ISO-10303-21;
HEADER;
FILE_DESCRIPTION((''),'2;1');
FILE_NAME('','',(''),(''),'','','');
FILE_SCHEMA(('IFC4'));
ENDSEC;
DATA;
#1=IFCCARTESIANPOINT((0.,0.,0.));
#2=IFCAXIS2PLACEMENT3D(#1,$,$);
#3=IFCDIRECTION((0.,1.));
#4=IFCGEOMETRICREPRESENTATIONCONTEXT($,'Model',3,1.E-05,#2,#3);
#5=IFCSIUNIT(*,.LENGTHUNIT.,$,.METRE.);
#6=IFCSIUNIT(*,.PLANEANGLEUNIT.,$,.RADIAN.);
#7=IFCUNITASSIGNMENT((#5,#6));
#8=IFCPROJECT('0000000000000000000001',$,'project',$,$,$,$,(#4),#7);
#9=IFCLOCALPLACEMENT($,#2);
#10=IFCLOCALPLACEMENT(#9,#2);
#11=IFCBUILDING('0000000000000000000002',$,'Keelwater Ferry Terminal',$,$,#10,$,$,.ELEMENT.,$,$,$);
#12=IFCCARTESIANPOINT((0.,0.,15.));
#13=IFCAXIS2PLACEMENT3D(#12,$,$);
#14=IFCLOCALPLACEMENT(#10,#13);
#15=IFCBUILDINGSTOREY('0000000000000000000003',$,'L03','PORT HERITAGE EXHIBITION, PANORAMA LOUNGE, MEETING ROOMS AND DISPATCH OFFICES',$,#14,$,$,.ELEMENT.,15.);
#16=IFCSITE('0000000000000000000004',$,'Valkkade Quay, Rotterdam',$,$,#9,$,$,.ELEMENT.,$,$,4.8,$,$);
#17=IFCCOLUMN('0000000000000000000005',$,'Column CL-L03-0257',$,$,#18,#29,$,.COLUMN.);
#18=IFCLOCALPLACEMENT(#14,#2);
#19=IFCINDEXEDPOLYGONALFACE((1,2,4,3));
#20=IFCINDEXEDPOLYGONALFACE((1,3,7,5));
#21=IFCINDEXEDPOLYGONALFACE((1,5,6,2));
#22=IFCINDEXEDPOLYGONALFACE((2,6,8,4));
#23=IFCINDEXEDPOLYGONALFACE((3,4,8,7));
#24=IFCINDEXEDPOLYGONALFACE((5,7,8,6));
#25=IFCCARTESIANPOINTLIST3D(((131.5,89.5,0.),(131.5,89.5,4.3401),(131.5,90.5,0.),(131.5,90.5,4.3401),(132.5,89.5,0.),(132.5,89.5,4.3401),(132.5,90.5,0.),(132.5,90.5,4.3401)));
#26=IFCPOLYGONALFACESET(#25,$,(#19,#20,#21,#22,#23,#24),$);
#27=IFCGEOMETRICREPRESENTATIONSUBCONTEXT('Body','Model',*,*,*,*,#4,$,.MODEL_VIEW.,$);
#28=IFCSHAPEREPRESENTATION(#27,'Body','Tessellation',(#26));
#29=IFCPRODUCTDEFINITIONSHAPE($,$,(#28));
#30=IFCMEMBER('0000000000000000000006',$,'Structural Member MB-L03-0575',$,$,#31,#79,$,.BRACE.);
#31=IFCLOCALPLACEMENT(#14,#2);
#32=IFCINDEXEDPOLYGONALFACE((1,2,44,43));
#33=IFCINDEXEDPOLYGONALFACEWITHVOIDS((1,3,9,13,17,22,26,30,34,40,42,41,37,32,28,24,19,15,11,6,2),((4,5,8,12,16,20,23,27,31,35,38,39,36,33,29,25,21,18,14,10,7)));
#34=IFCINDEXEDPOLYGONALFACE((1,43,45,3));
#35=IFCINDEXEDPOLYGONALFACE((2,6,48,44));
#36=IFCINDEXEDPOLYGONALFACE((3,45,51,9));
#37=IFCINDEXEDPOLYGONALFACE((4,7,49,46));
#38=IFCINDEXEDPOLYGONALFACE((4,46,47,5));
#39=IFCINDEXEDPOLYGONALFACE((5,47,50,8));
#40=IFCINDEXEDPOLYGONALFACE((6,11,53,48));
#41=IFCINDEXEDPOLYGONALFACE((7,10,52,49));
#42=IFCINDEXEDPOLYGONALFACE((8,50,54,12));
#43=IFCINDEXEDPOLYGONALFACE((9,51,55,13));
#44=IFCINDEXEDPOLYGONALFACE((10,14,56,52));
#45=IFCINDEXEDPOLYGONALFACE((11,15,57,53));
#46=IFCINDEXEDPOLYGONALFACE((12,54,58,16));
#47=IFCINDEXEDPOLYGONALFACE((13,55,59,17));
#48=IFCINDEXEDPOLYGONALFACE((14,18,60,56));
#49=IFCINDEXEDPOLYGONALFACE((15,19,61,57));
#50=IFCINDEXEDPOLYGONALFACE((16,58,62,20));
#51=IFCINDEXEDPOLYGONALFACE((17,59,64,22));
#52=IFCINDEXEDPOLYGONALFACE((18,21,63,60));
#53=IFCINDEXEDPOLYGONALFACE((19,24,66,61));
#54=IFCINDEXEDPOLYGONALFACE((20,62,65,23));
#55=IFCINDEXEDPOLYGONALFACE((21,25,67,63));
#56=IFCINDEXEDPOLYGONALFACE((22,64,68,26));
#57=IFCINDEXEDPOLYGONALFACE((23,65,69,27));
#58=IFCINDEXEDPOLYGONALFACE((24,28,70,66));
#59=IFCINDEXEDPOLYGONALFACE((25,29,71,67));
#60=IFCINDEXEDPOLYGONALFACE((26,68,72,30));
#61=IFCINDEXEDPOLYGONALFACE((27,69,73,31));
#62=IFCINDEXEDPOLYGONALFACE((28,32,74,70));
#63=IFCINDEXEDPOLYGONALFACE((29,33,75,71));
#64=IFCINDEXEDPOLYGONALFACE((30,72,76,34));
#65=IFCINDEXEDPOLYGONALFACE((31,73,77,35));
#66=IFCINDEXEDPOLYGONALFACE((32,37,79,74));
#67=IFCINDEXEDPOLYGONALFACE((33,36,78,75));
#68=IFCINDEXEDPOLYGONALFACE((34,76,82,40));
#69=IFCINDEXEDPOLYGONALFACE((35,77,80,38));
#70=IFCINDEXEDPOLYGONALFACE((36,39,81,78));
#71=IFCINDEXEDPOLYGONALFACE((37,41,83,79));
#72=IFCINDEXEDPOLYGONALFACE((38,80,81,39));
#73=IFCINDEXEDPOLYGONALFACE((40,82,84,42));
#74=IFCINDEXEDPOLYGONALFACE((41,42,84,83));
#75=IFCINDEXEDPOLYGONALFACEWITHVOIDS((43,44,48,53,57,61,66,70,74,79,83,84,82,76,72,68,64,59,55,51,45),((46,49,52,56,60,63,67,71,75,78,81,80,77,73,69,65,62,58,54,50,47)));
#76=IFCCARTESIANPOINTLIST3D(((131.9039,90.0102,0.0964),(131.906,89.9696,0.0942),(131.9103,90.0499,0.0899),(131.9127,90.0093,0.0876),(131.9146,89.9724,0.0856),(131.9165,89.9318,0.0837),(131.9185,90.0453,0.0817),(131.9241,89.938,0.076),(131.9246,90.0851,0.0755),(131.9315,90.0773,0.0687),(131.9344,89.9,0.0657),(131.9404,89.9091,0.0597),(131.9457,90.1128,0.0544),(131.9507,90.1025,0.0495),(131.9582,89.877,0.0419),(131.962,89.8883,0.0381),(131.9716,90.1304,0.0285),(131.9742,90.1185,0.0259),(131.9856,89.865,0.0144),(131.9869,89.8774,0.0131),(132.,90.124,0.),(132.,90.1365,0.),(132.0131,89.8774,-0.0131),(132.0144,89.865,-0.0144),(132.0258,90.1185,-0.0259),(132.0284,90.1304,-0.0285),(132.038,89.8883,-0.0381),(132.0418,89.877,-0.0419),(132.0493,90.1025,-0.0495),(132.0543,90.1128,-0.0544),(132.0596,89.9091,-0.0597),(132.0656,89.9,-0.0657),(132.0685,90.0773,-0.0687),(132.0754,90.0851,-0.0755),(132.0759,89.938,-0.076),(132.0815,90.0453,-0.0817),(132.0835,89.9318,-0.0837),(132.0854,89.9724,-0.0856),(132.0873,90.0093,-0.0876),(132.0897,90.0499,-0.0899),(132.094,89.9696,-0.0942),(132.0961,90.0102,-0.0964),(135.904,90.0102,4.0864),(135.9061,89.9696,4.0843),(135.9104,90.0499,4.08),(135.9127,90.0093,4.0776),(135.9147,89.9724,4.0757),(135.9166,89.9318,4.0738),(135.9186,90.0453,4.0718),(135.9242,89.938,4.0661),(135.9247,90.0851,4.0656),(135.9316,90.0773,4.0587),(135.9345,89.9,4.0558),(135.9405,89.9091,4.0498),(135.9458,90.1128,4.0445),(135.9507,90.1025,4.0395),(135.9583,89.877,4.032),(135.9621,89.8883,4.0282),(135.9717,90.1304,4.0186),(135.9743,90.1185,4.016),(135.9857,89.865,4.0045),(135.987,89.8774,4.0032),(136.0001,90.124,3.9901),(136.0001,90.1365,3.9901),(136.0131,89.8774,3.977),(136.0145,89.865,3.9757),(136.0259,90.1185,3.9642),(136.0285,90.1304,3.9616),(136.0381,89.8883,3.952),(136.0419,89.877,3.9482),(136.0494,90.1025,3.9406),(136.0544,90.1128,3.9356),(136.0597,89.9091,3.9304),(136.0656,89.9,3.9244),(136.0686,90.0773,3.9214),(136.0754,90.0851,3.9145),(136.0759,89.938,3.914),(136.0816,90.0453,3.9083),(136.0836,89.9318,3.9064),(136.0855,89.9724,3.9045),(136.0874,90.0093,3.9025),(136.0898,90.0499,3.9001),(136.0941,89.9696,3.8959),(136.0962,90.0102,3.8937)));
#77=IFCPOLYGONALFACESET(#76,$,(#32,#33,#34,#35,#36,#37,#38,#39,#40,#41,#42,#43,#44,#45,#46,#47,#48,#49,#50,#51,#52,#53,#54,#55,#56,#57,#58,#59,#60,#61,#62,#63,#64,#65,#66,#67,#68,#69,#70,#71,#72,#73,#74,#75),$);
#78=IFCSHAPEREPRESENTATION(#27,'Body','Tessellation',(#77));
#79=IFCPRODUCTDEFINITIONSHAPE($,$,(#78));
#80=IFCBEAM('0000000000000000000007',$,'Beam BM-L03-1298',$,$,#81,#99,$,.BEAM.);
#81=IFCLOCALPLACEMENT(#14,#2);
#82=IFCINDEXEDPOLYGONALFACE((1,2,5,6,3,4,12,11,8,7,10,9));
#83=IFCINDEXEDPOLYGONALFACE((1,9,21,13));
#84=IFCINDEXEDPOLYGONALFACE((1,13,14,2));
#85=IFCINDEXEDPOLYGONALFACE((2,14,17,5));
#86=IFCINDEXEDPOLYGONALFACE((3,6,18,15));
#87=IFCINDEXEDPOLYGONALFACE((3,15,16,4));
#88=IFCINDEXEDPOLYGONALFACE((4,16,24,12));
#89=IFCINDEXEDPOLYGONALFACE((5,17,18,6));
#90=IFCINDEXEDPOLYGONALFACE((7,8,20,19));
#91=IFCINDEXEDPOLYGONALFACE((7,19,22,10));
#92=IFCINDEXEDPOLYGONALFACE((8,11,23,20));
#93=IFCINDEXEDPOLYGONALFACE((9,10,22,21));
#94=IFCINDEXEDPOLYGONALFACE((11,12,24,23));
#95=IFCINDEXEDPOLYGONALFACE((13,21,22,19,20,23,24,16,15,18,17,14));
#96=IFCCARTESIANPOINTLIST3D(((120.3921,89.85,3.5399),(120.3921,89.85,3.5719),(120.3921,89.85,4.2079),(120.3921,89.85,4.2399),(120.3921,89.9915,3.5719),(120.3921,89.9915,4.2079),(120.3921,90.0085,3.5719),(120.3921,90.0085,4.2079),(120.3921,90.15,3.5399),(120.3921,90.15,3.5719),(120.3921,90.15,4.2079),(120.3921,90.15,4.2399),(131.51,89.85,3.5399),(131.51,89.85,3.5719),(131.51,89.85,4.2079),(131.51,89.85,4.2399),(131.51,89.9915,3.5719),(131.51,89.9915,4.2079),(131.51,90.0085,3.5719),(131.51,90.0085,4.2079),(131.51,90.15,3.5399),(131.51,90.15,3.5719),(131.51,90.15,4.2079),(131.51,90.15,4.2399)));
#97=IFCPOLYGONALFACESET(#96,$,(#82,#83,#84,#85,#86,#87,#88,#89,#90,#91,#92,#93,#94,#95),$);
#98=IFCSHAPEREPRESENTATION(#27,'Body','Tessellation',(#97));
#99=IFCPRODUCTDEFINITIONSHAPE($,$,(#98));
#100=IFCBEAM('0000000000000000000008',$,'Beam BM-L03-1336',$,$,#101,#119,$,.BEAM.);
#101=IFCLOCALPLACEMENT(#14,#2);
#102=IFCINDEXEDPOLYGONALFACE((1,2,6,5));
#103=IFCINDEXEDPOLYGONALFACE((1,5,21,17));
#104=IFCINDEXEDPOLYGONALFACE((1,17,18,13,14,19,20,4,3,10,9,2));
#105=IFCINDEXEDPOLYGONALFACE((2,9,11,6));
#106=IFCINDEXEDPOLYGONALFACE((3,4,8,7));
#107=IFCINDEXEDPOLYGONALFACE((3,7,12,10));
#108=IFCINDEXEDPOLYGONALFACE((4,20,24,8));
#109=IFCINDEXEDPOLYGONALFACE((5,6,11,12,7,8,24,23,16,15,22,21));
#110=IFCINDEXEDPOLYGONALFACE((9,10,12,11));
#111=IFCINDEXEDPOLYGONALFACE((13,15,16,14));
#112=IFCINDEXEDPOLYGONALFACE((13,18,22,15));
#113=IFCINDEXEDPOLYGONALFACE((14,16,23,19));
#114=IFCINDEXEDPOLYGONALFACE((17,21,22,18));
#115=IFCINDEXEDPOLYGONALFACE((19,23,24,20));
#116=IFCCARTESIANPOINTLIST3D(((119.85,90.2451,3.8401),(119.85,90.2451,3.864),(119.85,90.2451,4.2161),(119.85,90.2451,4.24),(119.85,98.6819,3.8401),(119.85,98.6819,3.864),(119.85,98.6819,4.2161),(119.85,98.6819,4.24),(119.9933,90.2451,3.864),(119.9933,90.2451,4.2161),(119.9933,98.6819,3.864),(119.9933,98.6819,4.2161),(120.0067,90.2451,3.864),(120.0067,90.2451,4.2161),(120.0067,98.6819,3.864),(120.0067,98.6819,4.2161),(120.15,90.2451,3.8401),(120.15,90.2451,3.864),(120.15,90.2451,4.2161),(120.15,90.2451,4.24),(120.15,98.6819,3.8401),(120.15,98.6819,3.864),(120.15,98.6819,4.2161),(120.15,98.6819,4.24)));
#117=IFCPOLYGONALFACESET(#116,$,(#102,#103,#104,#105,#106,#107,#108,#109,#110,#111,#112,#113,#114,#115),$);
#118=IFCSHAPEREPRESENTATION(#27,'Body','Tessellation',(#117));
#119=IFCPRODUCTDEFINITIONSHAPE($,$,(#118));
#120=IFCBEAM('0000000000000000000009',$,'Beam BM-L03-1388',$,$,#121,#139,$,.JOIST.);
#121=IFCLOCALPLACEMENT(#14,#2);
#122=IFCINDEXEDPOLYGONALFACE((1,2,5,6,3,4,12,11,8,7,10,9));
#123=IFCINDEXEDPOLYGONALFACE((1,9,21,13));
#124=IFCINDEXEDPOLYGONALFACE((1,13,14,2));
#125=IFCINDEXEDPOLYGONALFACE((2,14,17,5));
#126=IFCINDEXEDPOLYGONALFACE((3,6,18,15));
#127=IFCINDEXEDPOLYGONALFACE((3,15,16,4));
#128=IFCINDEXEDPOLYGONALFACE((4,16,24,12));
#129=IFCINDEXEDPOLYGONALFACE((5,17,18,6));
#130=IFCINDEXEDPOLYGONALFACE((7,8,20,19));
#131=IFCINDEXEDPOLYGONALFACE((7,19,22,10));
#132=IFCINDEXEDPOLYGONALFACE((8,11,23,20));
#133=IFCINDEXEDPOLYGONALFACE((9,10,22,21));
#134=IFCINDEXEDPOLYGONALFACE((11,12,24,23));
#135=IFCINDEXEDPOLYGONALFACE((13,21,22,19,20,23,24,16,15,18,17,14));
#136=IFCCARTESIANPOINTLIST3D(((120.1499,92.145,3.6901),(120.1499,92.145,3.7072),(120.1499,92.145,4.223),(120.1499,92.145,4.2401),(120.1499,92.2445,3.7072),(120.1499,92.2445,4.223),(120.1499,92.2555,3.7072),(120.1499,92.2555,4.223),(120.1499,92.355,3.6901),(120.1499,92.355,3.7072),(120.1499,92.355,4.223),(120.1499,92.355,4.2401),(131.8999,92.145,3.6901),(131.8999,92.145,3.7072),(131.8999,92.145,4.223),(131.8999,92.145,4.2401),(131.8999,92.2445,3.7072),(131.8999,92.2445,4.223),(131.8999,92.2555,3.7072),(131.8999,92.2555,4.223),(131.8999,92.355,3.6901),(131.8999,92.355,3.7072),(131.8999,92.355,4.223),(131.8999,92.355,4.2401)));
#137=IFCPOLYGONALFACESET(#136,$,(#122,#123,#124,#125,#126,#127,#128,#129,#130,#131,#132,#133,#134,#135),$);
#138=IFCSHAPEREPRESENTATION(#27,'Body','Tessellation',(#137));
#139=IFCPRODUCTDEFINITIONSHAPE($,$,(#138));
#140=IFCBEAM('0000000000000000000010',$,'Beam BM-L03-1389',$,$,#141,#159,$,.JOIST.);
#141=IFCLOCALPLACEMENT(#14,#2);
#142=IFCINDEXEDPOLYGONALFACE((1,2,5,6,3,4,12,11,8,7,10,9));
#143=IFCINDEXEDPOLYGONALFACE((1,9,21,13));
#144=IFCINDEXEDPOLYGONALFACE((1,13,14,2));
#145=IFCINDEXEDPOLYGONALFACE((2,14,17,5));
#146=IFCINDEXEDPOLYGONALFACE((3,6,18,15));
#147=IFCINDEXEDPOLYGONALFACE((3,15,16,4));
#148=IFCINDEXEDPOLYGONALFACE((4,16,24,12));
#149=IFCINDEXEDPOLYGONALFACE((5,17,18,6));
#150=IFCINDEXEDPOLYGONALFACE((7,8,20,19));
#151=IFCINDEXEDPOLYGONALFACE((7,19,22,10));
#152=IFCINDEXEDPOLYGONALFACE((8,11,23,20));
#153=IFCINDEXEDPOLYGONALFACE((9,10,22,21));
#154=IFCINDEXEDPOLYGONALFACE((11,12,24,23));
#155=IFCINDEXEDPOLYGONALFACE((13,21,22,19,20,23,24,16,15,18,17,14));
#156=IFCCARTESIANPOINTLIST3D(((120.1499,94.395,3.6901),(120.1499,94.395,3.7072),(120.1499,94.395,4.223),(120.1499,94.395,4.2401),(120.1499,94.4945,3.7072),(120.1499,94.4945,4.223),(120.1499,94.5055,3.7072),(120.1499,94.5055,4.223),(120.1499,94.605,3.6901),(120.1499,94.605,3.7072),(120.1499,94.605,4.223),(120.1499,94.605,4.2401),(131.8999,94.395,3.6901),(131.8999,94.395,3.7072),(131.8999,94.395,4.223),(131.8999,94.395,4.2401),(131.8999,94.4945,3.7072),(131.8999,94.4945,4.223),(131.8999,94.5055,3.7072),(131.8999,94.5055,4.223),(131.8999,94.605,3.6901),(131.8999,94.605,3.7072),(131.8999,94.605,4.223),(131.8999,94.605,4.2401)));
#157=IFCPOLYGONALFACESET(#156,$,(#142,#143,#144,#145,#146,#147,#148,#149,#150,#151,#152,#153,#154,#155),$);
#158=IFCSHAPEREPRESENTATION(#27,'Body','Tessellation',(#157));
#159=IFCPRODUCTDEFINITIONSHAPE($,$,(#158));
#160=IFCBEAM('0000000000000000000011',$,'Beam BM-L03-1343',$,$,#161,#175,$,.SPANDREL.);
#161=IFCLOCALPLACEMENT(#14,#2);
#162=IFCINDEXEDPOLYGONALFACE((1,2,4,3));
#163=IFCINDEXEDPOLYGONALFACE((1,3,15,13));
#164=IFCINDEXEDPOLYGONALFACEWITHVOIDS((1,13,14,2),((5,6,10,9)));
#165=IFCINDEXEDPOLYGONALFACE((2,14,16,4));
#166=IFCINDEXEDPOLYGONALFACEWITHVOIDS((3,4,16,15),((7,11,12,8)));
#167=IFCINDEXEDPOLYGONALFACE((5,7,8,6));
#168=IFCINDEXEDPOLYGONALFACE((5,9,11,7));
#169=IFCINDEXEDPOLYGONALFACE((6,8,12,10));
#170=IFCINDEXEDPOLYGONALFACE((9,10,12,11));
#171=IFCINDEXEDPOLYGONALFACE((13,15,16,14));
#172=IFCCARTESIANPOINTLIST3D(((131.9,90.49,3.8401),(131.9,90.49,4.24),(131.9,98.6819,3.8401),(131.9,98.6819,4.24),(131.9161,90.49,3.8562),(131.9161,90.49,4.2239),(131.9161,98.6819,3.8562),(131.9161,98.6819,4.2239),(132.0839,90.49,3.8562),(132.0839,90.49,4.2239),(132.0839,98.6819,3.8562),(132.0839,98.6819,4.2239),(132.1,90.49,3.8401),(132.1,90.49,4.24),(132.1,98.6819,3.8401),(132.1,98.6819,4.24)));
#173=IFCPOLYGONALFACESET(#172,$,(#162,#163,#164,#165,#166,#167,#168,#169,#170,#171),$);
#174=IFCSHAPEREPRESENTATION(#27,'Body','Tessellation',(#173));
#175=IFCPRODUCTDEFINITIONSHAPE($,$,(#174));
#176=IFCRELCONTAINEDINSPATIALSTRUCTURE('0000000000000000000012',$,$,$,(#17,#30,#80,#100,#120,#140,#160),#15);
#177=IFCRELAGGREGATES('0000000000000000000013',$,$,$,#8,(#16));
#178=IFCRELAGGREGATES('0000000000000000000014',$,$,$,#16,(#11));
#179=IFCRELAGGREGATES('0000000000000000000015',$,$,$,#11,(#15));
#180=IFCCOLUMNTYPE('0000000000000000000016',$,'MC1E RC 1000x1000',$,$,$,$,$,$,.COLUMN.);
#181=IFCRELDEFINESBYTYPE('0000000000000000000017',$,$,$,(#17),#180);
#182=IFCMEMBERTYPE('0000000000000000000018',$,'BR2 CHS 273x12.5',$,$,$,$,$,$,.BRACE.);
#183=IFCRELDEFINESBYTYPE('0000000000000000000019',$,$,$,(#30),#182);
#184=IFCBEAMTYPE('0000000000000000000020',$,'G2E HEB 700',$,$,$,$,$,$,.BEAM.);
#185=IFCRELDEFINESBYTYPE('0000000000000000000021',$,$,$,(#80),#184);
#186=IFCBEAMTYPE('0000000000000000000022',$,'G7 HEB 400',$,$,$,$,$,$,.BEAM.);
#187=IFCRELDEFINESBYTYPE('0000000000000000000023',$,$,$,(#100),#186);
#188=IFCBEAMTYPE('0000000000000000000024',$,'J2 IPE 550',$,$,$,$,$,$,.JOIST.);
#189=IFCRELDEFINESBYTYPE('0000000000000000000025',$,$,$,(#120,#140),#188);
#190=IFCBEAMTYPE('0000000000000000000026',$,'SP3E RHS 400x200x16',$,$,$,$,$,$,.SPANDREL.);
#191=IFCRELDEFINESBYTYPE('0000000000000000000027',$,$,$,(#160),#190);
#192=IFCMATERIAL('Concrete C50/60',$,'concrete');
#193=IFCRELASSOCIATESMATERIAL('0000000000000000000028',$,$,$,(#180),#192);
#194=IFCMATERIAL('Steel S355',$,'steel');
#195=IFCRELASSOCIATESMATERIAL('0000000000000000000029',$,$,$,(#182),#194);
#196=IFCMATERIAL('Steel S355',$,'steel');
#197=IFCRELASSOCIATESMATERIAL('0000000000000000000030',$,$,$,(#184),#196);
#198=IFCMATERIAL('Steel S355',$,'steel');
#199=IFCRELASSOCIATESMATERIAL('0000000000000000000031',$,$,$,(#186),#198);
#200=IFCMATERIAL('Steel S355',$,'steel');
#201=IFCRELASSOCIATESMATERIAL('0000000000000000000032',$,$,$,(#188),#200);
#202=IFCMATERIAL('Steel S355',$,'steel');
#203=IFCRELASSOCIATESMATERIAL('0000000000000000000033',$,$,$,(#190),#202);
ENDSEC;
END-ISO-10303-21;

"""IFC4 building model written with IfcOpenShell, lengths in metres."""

from ifc_helpers import new_model, si_unit, direction, frame, origin, origin_2d, place, context, subcontext, project, spatial, rectangle, hollow_rectangle, hollow_circle, i_section, extrude, material, material_profile, profile_set, type_object, element, save


model = new_model("IFC4")

# Units and contexts
model_context = context("Model", 3, precision=1e-05, world=origin(), true_north=direction((0.0, 1.0)))
body_context = subcontext(model_context, "Body", "Model", "MODEL_VIEW")
ifc_project = project(units=[si_unit("LENGTHUNIT", "METRE"), si_unit("PLANEANGLEUNIT", "RADIAN")], contexts=[model_context])

# Site, building, storey
site_placement = place(None, origin())
site = spatial("IfcSite", under=ifc_project, at=site_placement, Name="Valkkade Quay, Rotterdam", CompositionType="ELEMENT", RefElevation=4.8)
building_placement = place(site_placement, origin())
building = spatial("IfcBuilding", under=site, at=building_placement, Name="Keelwater Ferry Terminal", CompositionType="ELEMENT")
storey_placement = place(building_placement, frame((0.0, 0.0, 15.0)))
storey = spatial("IfcBuildingStorey", under=building, at=storey_placement, Name="L03", Description="PORT HERITAGE EXHIBITION, PANORAMA LOUNGE, MEETING ROOMS AND DISPATCH OFFICES", CompositionType="ELEMENT", Elevation=15.0)

# Column
ifc_material_1 = material(Name="Concrete C50/60", Category="concrete")
ifc_material_profile_1 = material_profile(ifc_material_1, rectangle(XDim=1.0, YDim=1.0, at=origin_2d()), Name="RC 1000x1000")
ifc_profile_set_1 = profile_set([ifc_material_profile_1], Name="Concrete C50/60")
column_type = type_object("IfcColumnType", Name="MC1E RC 1000x1000", PredefinedType="COLUMN", material=ifc_profile_set_1)
column_placement = place(storey_placement, frame((132.0, 90.0, 0.0), z_axis=(0.0, 0.0, 1.0), x_axis=(1.0, 0.0, 0.0)))
element("IfcColumn", 1, at=column_placement, inside=storey, type_object=column_type, Name="Column CL-L03-0257", PredefinedType="COLUMN", context=body_context, shape_type="SweptSolid", body=[
    extrude(rectangle(XDim=1.0, YDim=1.0, at=origin_2d()), origin(), (0.0, 0.0, 1.0), 4.3401),
])

# Member
ifc_material_2 = material(Name="Steel S355", Category="steel")
ifc_material_profile_2 = material_profile(ifc_material_2, hollow_circle(Radius=0.1365, WallThickness=0.0125, at=origin_2d()), Name="CHS 273x12.5")
ifc_profile_set_2 = profile_set([ifc_material_profile_2], Name="Steel S355")
member_type = type_object("IfcMemberType", Name="BR2 CHS 273x12.5", PredefinedType="BRACE", material=ifc_profile_set_2)
member_placement = place(storey_placement, frame((132.0, 90.0, 0.0), z_axis=(0.707992, 0.0, 0.70622), x_axis=(0.0, 1.0, 0.0)))
element("IfcMember", 2, at=member_placement, inside=storey, type_object=member_type, Name="Structural Member MB-L03-0575", PredefinedType="BRACE", context=body_context, shape_type="SweptSolid", body=[
    extrude(hollow_circle(Radius=0.1365, WallThickness=0.0125, at=origin_2d()), origin(), (0.0, 0.0, 1.0), 5.6499),
])

# Beams
ifc_material_3 = material(Name="Steel S355", Category="steel")
ifc_material_profile_3 = material_profile(ifc_material_3, i_section(OverallWidth=0.3, OverallDepth=0.7, WebThickness=0.0171, FlangeThickness=0.032, at=origin_2d()), Name="HEB 700")
ifc_profile_set_3 = profile_set([ifc_material_profile_3], Name="Steel S355")
beam_type_1 = type_object("IfcBeamType", Name="G2E HEB 700", PredefinedType="BEAM", material=ifc_profile_set_3)
beam_1_placement = place(storey_placement, frame((120.3921, 90.0, 3.8899), z_axis=(1.0, 0.0, 0.0), x_axis=(0.0, 1.0, 0.0)))
element("IfcBeam", 3, at=beam_1_placement, inside=storey, type_object=beam_type_1, Name="Beam BM-L03-1298", PredefinedType="BEAM", context=body_context, shape_type="SweptSolid", body=[
    extrude(i_section(OverallWidth=0.3, OverallDepth=0.7, WebThickness=0.0171, FlangeThickness=0.032, at=origin_2d()), origin(), (0.0, 0.0, 1.0), 11.1179),
])
ifc_material_4 = material(Name="Steel S355", Category="steel")
ifc_material_profile_4 = material_profile(ifc_material_4, i_section(OverallWidth=0.3, OverallDepth=0.3999, WebThickness=0.0134, FlangeThickness=0.0239, at=origin_2d()), Name="HEB 400")
ifc_profile_set_4 = profile_set([ifc_material_profile_4], Name="Steel S355")
beam_type_2 = type_object("IfcBeamType", Name="G7 HEB 400", PredefinedType="BEAM", material=ifc_profile_set_4)
beam_2_placement = place(storey_placement, frame((120.0, 90.2451, 4.04), z_axis=(0.0, 1.0, 0.0), x_axis=(-1.0, 0.0, 0.0)))
element("IfcBeam", 4, at=beam_2_placement, inside=storey, type_object=beam_type_2, Name="Beam BM-L03-1336", PredefinedType="BEAM", context=body_context, shape_type="SweptSolid", body=[
    extrude(i_section(OverallWidth=0.3, OverallDepth=0.3999, WebThickness=0.0134, FlangeThickness=0.0239, at=origin_2d()), origin(), (0.0, 0.0, 1.0), 8.4368),
])
ifc_material_5 = material(Name="Steel S355", Category="steel")
ifc_material_profile_5 = material_profile(ifc_material_5, i_section(OverallWidth=0.21, OverallDepth=0.55, WebThickness=0.011, FlangeThickness=0.0171, at=origin_2d()), Name="IPE 550")
ifc_profile_set_5 = profile_set([ifc_material_profile_5], Name="Steel S355")
beam_type_3 = type_object("IfcBeamType", Name="J2 IPE 550", PredefinedType="JOIST", material=ifc_profile_set_5)
for number, where, z_axis, x_axis, name in (
    (5, (120.1499, 92.25, 3.9651), (1.0, 0.0, 0.0), (0.0, 1.0, 0.0), "Beam BM-L03-1388"),
    (6, (120.1499, 94.5, 3.9651), (1.0, 0.0, 0.0), (0.0, 1.0, 0.0), "Beam BM-L03-1389"),
):
    element("IfcBeam", number, at=place(storey_placement, frame(where, z_axis=z_axis, x_axis=x_axis)), inside=storey, type_object=beam_type_3, Name=name, PredefinedType="JOIST", context=body_context, shape_type="SweptSolid", body=[
        extrude(i_section(OverallWidth=0.21, OverallDepth=0.55, WebThickness=0.011, FlangeThickness=0.0171, at=origin_2d()), origin(), (0.0, 0.0, 1.0), 11.75),
    ])
ifc_material_6 = material(Name="Steel S355", Category="steel")
ifc_material_profile_6 = material_profile(ifc_material_6, hollow_rectangle(XDim=0.2, YDim=0.3999, WallThickness=0.0161, at=origin_2d()), Name="RHS 400x200x16")
ifc_profile_set_6 = profile_set([ifc_material_profile_6], Name="Steel S355")
beam_type_4 = type_object("IfcBeamType", Name="SP3E RHS 400x200x16", PredefinedType="SPANDREL", material=ifc_profile_set_6)
beam_3_placement = place(storey_placement, frame((132.0, 90.49, 4.04), z_axis=(0.0, 1.0, 0.0), x_axis=(-1.0, 0.0, 0.0)))
element("IfcBeam", 7, at=beam_3_placement, inside=storey, type_object=beam_type_4, Name="Beam BM-L03-1343", PredefinedType="SPANDREL", context=body_context, shape_type="SweptSolid", body=[
    extrude(hollow_rectangle(XDim=0.2, YDim=0.3999, WallThickness=0.0161, at=origin_2d()), origin(), (0.0, 0.0, 1.0), 8.1919),
])

save(model, "model.ifc")
